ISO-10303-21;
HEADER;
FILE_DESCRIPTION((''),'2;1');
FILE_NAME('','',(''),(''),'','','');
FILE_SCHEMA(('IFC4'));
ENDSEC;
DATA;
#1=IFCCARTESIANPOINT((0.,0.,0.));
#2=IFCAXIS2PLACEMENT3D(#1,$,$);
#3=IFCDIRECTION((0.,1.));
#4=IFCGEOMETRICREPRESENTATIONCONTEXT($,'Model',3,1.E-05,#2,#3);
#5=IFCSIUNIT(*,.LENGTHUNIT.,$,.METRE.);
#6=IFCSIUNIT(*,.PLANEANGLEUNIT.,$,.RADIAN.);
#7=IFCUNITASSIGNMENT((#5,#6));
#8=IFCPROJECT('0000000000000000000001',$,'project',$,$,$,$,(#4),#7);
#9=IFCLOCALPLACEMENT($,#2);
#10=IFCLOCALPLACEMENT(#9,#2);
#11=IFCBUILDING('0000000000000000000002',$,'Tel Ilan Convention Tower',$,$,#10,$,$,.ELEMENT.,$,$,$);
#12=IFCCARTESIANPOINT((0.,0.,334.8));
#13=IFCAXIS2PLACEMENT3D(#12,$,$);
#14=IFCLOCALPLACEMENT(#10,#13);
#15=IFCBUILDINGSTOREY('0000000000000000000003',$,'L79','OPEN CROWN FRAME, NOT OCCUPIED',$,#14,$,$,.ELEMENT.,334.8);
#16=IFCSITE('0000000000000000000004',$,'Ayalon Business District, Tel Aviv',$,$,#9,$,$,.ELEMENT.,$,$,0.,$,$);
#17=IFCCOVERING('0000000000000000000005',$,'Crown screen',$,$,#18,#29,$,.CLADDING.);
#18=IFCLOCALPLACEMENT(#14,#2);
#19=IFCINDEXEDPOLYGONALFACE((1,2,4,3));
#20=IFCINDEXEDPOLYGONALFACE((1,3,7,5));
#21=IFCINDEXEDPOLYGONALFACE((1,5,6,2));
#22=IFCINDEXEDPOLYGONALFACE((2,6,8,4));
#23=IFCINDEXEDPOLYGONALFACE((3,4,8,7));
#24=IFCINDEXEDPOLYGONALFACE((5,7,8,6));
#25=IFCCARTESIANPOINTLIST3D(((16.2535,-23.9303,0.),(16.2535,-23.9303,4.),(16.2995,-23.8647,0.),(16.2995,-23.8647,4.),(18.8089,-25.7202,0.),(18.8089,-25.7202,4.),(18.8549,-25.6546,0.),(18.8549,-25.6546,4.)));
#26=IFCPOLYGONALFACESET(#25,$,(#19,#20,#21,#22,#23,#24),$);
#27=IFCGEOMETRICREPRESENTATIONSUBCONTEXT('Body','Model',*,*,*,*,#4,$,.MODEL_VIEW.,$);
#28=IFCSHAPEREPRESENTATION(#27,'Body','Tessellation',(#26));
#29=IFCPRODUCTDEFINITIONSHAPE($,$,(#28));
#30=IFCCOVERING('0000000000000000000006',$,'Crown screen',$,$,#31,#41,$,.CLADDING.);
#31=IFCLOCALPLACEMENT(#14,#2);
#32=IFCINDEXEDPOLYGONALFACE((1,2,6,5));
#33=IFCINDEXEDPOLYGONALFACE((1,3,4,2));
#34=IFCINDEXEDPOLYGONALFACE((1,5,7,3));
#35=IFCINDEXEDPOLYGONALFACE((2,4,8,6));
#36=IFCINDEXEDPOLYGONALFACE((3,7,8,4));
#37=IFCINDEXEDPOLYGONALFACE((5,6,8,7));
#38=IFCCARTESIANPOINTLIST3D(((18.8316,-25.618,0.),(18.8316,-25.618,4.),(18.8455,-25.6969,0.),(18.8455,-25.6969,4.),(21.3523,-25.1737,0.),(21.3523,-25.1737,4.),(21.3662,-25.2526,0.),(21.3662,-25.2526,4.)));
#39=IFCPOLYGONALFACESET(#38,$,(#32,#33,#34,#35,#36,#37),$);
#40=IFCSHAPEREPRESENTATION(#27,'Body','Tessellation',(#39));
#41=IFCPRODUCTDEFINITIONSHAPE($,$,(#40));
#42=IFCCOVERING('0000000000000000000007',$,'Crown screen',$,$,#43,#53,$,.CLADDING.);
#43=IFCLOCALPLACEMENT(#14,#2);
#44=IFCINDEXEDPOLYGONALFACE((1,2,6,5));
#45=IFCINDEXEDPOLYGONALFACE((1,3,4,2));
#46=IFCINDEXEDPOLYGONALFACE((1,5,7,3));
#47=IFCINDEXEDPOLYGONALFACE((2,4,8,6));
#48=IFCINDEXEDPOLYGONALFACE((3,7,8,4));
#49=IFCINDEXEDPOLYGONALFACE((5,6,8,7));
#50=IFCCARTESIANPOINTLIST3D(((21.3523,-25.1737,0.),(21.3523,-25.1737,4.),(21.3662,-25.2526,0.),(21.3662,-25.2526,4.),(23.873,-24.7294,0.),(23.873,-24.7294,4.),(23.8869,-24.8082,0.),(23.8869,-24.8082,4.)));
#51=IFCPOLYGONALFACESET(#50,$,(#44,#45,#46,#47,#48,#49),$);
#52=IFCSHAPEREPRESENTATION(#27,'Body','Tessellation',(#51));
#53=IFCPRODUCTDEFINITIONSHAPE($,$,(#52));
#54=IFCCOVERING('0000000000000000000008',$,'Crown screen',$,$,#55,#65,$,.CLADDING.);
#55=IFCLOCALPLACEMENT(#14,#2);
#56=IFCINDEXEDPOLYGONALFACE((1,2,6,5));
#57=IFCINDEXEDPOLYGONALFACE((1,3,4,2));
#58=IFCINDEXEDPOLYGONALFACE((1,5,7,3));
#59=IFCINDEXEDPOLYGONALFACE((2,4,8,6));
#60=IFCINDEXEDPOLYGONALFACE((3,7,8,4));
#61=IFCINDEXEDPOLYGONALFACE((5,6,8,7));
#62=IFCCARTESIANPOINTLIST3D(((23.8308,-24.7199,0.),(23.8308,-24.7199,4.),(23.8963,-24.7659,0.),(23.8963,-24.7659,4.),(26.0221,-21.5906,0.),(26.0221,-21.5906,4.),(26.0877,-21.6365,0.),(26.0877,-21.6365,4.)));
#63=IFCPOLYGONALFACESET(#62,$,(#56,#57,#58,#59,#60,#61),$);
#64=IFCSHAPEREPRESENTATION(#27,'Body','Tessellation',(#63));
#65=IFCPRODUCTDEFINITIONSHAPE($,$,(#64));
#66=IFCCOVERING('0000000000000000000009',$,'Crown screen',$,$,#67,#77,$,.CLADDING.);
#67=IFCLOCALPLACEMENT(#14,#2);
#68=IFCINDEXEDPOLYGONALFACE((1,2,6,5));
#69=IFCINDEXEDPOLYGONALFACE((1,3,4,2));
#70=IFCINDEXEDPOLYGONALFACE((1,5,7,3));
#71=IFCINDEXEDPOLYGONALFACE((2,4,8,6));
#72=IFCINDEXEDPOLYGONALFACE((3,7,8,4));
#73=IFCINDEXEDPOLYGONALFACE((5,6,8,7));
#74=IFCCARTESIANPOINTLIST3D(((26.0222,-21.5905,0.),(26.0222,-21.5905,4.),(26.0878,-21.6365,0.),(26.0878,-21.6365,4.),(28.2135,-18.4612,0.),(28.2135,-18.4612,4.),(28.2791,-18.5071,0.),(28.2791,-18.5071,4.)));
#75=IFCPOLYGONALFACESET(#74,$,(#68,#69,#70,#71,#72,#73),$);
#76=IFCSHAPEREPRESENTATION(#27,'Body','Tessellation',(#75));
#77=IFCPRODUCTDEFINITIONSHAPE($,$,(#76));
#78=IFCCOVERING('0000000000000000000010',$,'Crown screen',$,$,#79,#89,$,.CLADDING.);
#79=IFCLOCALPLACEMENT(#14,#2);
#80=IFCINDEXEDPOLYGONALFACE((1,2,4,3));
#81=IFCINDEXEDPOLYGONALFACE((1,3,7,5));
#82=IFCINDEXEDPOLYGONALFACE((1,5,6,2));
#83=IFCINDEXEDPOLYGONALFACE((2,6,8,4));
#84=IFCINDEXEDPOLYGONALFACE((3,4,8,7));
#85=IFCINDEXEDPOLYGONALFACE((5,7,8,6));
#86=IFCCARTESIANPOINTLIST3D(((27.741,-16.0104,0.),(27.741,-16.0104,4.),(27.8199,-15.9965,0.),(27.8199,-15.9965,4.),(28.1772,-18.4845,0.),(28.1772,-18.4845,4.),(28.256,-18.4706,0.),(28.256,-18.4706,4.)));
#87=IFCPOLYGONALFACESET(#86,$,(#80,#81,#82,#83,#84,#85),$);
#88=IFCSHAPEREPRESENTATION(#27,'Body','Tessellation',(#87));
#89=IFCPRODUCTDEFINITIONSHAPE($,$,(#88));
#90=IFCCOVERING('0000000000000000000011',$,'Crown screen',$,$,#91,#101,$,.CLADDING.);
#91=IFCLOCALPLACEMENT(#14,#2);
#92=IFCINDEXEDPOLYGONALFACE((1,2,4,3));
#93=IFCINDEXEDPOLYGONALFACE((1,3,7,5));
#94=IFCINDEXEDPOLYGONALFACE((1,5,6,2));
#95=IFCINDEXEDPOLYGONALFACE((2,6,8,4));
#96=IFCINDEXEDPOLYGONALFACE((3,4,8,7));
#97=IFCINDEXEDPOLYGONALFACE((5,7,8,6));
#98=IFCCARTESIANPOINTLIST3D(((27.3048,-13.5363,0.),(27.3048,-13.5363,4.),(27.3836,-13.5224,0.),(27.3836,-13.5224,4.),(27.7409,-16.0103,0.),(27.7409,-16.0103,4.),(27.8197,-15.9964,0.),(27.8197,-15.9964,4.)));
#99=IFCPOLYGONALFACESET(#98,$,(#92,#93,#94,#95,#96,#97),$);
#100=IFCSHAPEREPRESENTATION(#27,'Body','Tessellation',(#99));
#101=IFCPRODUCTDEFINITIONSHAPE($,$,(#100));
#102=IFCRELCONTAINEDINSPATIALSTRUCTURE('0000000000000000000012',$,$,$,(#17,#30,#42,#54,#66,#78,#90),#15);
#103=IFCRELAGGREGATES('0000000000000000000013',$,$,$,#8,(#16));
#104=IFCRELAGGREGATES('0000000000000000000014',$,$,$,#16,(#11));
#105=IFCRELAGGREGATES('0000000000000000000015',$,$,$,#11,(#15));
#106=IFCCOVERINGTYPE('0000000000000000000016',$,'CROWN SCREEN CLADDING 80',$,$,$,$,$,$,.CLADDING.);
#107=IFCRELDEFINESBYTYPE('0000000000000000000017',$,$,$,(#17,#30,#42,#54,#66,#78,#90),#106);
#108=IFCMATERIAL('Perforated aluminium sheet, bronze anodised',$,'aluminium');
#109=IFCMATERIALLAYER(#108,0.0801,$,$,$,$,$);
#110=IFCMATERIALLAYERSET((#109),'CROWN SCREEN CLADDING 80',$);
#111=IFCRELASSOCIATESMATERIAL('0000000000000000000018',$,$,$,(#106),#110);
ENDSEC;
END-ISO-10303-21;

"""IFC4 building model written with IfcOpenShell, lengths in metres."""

from ifc_helpers import new_model, si_unit, direction, frame, origin, origin_2d, place, context, subcontext, project, spatial, rectangle, extrude, material, layer, layer_set, type_object, element, save


model = new_model("IFC4")

# Units and contexts
model_context = context("Model", 3, precision=1e-05, world=origin(), true_north=direction((0.0, 1.0)))
body_context = subcontext(model_context, "Body", "Model", "MODEL_VIEW")
ifc_project = project(units=[si_unit("LENGTHUNIT", "METRE"), si_unit("PLANEANGLEUNIT", "RADIAN")], contexts=[model_context])

# Site, building, storey
site_placement = place(None, origin())
site = spatial("IfcSite", under=ifc_project, at=site_placement, Name="Ayalon Business District, Tel Aviv", CompositionType="ELEMENT", RefElevation=0.0)
building_placement = place(site_placement, origin())
building = spatial("IfcBuilding", under=site, at=building_placement, Name="Tel Ilan Convention Tower", CompositionType="ELEMENT")
storey_placement = place(building_placement, frame((0.0, 0.0, 334.8)))
storey = spatial("IfcBuildingStorey", under=building, at=storey_placement, Name="L79", Description="OPEN CROWN FRAME, NOT OCCUPIED", CompositionType="ELEMENT", Elevation=334.8)

# Coverings
ifc_material_1 = material(Name="Perforated aluminium sheet, bronze anodised", Category="aluminium")
ifc_layer = layer(ifc_material_1, 0.0801)
ifc_layer_set = layer_set([ifc_layer], Name="CROWN SCREEN CLADDING 80")
covering_type = type_object("IfcCoveringType", Name="CROWN SCREEN CLADDING 80", PredefinedType="CLADDING", material=ifc_layer_set)
covering_1_placement = place(storey_placement, frame((17.5542, -24.7925, 0.0), z_axis=(0.0, 0.0, 1.0), x_axis=(0.81906, -0.573708, 0.0)))
element("IfcCovering", 1, at=covering_1_placement, inside=storey, type_object=covering_type, Name="Crown screen", PredefinedType="CLADDING", context=body_context, shape_type="SweptSolid", body=[
    extrude(rectangle(XDim=3.1199, YDim=0.0801, at=origin_2d()), origin(), (0.0, 0.0, 1.0), 4.0),
])
for number, where, z_axis, x_axis, name in (
    (2, (20.0989, -25.4353, 0.0), (0.0, 0.0, 1.0), (0.984817, 0.173598, 0.0), "Crown screen"),
    (3, (22.6196, -24.991, 0.0), (0.0, 0.0, 1.0), (0.984817, 0.173598, 0.0), "Crown screen"),
):
    element("IfcCovering", number, at=place(storey_placement, frame(where, z_axis=z_axis, x_axis=x_axis)), inside=storey, type_object=covering_type, Name=name, PredefinedType="CLADDING", context=body_context, shape_type="SweptSolid", body=[
        extrude(rectangle(XDim=2.5596, YDim=0.0801, at=origin_2d()), origin(), (0.0, 0.0, 1.0), 4.0),
    ])
for number, where, z_axis, x_axis, name in (
    (4, (24.9592, -23.1782, 0.0), (0.0, 0.0, 1.0), (0.573607, 0.81913, 0.0), "Crown screen"),
    (5, (27.1506, -20.0488, 0.0), (0.0, 0.0, 1.0), (0.573607, 0.81913, 0.0), "Crown screen"),
):
    element("IfcCovering", number, at=place(storey_placement, frame(where, z_axis=z_axis, x_axis=x_axis)), inside=storey, type_object=covering_type, Name=name, PredefinedType="CLADDING", context=body_context, shape_type="SweptSolid", body=[
        extrude(rectangle(XDim=3.8203, YDim=0.0801, at=origin_2d()), origin(), (0.0, 0.0, 1.0), 4.0),
    ])
for number, where, z_axis, x_axis, name in (
    (6, (27.9985, -17.2405, 0.0), (0.0, 0.0, 1.0), (-0.173598, 0.984817, 0.0), "Crown screen"),
    (7, (27.5623, -14.7664, 0.0), (0.0, 0.0, 1.0), (-0.173598, 0.984817, 0.0), "Crown screen"),
):
    element("IfcCovering", number, at=place(storey_placement, frame(where, z_axis=z_axis, x_axis=x_axis)), inside=storey, type_object=covering_type, Name=name, PredefinedType="CLADDING", context=body_context, shape_type="SweptSolid", body=[
        extrude(rectangle(XDim=2.5122, YDim=0.0801, at=origin_2d()), origin(), (0.0, 0.0, 1.0), 4.0),
    ])

save(model, "model.ifc")
